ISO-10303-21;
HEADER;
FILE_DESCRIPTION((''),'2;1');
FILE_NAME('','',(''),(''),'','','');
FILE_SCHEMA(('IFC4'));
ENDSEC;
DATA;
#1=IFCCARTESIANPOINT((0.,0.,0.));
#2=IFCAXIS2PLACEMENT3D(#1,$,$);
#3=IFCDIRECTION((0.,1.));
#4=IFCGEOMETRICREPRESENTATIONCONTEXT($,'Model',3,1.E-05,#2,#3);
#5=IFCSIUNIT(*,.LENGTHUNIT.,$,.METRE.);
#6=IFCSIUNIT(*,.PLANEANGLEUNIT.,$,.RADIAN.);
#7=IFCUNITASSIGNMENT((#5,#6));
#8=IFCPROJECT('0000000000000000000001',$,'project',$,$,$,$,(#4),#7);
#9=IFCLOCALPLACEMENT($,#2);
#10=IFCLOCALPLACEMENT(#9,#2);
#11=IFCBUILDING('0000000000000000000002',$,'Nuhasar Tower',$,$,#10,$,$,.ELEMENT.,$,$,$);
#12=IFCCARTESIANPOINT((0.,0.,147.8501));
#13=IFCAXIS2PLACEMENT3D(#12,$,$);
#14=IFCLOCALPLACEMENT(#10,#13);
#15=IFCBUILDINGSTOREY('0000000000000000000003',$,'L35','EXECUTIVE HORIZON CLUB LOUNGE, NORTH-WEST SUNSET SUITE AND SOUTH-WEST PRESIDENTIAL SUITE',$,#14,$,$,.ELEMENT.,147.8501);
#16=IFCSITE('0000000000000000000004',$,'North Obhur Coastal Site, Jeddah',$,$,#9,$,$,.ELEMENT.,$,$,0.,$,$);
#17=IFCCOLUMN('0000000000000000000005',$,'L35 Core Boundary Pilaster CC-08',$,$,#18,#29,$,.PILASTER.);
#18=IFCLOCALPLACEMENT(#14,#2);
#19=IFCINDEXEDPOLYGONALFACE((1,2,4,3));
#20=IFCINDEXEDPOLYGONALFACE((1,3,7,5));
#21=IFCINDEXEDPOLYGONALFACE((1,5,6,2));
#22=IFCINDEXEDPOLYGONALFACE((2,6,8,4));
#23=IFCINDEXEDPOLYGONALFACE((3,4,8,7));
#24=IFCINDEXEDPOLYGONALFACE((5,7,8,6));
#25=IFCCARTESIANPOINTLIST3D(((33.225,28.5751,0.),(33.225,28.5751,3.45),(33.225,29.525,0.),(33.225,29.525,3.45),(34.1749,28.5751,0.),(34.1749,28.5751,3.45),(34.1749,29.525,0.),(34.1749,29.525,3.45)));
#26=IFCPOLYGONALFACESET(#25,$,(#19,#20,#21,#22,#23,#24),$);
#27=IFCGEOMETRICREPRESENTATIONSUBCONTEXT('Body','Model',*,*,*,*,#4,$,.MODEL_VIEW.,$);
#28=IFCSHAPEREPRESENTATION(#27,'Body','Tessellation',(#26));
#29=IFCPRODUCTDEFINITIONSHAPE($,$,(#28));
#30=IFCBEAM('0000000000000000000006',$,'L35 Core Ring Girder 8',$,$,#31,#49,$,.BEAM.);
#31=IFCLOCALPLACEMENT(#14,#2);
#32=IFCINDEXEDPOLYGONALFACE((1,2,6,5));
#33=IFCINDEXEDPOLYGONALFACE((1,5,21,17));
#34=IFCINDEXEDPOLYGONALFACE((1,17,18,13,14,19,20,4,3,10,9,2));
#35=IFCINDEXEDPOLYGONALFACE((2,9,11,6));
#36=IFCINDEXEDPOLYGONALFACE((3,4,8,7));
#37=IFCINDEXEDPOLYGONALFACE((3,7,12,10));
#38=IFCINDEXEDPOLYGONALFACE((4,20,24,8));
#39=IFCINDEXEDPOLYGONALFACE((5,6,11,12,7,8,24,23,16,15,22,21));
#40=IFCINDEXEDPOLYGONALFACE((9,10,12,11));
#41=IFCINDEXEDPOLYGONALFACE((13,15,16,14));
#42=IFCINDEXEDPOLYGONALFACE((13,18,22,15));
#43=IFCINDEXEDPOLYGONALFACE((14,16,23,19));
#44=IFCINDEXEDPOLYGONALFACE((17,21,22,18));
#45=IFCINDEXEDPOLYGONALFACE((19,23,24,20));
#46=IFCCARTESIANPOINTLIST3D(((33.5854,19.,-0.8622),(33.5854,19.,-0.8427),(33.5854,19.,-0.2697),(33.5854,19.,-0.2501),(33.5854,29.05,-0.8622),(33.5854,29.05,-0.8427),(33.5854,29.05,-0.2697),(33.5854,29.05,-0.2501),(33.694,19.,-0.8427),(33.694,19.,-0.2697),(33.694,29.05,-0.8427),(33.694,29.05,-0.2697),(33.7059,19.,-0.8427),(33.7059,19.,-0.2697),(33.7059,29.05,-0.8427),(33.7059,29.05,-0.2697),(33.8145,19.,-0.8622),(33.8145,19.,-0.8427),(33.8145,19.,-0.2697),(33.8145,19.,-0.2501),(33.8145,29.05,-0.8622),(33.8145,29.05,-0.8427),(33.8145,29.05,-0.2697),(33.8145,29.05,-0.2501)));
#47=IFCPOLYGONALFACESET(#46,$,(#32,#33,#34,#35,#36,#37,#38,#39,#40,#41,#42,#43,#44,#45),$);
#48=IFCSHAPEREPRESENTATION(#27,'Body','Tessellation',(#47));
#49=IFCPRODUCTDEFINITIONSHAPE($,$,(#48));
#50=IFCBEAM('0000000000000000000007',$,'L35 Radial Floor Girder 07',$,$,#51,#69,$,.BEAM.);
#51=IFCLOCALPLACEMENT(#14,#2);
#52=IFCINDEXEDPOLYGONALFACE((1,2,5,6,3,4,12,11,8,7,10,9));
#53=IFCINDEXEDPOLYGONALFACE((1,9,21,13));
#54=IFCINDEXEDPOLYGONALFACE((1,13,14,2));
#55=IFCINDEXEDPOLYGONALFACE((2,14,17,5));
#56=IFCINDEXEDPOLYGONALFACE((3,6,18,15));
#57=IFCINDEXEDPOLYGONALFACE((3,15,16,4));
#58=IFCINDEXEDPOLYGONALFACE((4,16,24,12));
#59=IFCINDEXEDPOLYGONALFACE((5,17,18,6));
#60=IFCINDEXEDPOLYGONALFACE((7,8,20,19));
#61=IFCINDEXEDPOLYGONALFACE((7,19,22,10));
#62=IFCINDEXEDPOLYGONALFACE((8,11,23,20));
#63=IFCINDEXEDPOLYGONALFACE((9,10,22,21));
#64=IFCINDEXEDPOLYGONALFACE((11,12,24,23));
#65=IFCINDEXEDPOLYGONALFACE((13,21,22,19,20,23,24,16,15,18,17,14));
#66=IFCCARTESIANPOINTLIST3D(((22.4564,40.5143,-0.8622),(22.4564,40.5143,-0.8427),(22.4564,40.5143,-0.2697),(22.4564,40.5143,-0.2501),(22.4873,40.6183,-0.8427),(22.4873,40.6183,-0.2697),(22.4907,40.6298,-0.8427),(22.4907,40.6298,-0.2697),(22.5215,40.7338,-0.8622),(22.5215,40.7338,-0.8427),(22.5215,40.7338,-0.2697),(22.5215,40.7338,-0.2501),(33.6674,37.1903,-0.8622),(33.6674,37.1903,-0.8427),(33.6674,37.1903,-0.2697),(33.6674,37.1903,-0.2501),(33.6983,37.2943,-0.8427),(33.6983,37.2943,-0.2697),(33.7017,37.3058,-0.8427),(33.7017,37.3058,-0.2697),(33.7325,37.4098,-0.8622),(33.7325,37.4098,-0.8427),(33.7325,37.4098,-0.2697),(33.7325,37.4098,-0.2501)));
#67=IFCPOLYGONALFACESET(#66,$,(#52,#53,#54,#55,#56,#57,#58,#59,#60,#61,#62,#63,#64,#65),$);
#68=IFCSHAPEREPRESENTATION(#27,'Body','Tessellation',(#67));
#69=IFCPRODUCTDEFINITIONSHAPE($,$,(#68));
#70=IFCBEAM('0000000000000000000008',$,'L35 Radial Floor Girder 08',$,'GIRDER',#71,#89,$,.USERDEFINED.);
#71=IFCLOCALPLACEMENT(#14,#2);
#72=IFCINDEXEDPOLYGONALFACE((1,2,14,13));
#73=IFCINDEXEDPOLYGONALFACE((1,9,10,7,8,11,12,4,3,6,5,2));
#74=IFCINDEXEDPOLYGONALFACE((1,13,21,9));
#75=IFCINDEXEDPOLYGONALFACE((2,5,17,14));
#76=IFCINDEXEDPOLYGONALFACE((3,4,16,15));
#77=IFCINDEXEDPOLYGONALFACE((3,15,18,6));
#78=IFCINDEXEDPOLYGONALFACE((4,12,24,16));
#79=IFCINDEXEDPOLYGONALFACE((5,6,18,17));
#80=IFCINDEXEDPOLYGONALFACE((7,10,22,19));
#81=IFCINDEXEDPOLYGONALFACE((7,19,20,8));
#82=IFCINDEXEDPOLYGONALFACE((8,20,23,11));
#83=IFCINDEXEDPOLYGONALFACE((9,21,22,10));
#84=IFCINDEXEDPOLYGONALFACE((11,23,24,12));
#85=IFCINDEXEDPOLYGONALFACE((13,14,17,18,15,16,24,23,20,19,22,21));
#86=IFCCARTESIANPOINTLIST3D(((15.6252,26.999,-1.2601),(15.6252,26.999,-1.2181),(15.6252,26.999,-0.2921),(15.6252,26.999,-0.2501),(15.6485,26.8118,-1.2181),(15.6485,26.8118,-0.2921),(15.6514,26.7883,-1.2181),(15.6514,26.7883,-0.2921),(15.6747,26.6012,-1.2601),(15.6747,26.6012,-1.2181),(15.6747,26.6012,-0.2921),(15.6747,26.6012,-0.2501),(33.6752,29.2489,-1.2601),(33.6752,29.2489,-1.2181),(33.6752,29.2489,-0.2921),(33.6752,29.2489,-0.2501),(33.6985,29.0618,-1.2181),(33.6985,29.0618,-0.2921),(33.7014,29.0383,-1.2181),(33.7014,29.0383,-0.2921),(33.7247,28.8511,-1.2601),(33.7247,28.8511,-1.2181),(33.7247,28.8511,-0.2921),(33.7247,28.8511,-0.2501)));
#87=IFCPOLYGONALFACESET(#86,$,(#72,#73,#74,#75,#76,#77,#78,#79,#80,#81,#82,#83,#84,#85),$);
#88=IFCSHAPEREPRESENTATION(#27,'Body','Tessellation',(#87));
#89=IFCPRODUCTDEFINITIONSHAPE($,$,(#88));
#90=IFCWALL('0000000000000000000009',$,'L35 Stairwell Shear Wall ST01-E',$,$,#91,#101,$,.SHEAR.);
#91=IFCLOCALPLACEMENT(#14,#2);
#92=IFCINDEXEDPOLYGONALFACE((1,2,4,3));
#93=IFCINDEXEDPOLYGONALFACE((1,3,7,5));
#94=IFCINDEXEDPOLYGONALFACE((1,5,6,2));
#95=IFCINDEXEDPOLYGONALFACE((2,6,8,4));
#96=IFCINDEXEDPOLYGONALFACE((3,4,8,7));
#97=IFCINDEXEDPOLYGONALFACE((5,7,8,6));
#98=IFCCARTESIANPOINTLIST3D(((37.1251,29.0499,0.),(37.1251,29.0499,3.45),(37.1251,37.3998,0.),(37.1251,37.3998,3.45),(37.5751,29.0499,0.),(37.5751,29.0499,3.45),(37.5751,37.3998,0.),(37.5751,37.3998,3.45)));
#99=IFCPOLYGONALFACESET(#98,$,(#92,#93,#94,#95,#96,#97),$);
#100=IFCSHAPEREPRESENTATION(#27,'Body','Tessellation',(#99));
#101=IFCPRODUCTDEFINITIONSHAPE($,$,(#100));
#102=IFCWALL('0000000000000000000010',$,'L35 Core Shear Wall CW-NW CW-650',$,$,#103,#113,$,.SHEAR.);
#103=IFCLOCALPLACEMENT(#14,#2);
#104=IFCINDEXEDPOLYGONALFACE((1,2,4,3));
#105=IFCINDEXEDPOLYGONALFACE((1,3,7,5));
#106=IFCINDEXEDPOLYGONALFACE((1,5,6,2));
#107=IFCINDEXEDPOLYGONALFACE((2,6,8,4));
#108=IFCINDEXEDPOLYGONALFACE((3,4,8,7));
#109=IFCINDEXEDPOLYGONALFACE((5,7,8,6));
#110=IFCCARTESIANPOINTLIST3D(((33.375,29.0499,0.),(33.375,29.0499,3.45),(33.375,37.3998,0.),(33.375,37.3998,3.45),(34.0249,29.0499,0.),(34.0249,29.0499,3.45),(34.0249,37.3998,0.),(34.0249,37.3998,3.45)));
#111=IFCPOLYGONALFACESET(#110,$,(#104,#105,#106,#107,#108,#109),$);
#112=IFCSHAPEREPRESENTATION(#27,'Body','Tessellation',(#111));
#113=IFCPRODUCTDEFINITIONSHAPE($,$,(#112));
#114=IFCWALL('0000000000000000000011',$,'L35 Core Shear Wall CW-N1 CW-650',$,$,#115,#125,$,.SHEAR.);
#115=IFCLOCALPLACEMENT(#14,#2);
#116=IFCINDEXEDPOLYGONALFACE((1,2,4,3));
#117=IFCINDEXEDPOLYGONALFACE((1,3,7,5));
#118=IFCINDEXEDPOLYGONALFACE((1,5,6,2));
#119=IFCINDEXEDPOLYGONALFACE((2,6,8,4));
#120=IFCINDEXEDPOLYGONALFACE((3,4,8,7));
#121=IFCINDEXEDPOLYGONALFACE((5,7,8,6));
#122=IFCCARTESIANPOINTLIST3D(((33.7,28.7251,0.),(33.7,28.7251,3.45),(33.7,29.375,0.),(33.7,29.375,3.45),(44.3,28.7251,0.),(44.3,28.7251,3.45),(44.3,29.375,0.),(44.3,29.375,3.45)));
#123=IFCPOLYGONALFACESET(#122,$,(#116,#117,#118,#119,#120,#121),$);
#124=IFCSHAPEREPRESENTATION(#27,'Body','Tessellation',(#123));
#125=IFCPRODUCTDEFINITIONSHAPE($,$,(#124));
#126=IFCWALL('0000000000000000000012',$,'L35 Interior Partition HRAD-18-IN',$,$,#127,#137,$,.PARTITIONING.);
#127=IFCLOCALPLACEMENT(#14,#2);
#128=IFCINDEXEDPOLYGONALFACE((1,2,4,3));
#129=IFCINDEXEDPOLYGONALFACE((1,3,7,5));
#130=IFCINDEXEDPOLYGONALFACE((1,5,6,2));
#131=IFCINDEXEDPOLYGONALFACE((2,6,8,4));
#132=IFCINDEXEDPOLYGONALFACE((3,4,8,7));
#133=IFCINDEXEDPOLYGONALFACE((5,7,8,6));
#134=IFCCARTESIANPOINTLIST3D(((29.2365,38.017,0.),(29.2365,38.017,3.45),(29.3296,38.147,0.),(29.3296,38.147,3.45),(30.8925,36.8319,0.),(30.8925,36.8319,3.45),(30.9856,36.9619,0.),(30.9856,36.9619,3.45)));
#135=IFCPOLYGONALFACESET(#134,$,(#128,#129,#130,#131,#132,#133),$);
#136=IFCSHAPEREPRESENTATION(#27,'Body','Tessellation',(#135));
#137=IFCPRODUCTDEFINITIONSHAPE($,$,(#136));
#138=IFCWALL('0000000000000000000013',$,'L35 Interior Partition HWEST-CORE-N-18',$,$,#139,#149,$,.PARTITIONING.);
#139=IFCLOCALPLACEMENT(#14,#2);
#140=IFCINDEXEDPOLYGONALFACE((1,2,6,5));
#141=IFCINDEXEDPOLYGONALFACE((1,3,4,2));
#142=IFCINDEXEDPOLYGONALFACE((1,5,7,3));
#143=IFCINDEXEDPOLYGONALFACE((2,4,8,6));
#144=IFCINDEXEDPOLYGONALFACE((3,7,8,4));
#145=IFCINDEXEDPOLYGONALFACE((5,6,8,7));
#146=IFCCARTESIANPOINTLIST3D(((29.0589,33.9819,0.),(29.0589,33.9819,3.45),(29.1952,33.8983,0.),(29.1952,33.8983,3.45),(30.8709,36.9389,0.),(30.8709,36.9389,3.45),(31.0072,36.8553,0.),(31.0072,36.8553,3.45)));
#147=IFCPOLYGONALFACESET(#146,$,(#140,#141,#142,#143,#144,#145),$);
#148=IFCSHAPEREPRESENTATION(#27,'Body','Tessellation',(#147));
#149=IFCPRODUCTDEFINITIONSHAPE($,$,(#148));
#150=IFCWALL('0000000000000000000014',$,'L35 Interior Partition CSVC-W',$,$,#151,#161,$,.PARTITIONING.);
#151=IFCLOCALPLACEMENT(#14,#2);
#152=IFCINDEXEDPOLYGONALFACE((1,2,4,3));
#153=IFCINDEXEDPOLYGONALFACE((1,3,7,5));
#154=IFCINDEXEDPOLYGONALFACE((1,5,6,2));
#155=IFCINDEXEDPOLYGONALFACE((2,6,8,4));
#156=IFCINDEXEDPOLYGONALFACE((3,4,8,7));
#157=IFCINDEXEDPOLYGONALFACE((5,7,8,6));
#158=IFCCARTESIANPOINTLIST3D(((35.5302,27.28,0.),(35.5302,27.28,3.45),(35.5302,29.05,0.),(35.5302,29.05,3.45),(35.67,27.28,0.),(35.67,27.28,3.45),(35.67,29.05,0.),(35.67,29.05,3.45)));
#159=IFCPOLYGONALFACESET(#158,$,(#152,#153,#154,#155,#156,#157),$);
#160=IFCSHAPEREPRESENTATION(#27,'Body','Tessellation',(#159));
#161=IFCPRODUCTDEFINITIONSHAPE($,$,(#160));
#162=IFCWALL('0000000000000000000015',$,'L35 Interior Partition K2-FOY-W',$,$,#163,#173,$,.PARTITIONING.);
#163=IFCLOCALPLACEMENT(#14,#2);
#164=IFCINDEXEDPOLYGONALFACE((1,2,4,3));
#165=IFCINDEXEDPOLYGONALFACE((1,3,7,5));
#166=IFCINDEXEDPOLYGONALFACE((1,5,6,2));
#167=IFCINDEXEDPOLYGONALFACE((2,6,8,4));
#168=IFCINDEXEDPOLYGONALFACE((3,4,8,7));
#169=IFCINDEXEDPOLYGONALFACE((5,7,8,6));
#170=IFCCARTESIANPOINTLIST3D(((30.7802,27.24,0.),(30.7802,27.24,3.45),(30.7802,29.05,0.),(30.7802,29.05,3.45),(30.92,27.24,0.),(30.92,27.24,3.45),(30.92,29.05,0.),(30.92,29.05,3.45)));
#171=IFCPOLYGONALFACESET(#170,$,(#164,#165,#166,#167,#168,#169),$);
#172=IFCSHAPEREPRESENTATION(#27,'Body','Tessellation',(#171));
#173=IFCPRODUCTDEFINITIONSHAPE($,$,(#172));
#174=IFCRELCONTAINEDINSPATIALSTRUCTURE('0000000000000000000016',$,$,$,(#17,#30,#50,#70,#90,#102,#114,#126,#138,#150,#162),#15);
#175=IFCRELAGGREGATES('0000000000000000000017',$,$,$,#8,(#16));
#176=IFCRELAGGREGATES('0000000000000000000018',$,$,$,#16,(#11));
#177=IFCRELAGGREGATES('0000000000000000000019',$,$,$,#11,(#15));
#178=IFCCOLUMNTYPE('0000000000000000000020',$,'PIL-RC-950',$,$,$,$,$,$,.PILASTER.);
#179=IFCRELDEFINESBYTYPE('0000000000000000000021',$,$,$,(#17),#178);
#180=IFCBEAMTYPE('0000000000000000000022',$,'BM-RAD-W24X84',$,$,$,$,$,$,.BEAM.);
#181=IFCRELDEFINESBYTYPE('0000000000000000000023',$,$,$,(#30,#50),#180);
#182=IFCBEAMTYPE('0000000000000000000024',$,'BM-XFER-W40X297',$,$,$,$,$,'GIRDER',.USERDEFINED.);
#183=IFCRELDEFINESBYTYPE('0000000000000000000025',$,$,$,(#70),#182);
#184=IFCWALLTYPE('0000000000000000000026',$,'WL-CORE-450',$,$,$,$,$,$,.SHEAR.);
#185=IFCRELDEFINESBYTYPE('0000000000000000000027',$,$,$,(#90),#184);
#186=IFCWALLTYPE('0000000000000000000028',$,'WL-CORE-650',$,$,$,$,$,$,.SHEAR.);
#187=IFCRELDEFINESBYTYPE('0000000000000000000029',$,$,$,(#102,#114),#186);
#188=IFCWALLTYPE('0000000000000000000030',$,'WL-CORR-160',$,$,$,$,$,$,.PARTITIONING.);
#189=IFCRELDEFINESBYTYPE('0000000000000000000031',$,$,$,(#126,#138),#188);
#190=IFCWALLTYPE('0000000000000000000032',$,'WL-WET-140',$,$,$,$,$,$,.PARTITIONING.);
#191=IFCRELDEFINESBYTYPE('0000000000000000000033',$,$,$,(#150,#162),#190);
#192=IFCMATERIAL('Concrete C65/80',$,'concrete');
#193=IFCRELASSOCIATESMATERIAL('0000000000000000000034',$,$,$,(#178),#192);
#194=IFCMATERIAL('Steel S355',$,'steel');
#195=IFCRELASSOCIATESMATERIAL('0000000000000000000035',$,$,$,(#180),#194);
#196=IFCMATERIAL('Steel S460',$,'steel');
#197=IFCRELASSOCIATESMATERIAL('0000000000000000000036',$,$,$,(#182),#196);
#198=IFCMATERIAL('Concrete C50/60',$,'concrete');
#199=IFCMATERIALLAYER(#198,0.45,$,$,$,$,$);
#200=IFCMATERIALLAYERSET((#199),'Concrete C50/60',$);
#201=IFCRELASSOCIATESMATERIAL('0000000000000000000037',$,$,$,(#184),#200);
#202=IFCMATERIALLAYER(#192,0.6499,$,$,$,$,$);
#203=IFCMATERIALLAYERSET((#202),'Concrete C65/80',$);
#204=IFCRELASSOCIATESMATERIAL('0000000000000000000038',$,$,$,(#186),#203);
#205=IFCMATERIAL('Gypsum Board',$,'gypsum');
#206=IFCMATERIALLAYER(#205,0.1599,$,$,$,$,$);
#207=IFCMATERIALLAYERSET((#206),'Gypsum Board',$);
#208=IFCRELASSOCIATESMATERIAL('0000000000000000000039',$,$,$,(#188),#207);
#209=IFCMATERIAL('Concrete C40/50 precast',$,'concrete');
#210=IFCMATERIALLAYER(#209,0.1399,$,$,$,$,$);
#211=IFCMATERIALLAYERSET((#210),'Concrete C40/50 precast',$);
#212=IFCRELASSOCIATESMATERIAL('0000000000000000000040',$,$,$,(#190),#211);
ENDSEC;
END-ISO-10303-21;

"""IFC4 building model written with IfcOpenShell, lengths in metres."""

from ifc_helpers import new_model, si_unit, direction, frame, frame_2d, origin, origin_2d, place, context, subcontext, project, spatial, rectangle, i_section, extrude, material, layer, layer_set, material_profile, profile_set, type_object, element, save


model = new_model("IFC4")

# Units and contexts
model_context = context("Model", 3, precision=1e-05, world=origin(), true_north=direction((0.0, 1.0)))
body_context = subcontext(model_context, "Body", "Model", "MODEL_VIEW")
ifc_project = project(units=[si_unit("LENGTHUNIT", "METRE"), si_unit("PLANEANGLEUNIT", "RADIAN")], contexts=[model_context])

# Site, building, storey
site_placement = place(None, origin())
site = spatial("IfcSite", under=ifc_project, at=site_placement, Name="North Obhur Coastal Site, Jeddah", CompositionType="ELEMENT", RefElevation=0.0)
building_placement = place(site_placement, origin())
building = spatial("IfcBuilding", under=site, at=building_placement, Name="Nuhasar Tower", CompositionType="ELEMENT")
storey_placement = place(building_placement, frame((0.0, 0.0, 147.8501)))
storey = spatial("IfcBuildingStorey", under=building, at=storey_placement, Name="L35", Description="EXECUTIVE HORIZON CLUB LOUNGE, NORTH-WEST SUNSET SUITE AND SOUTH-WEST PRESIDENTIAL SUITE", CompositionType="ELEMENT", Elevation=147.8501)

# Column
ifc_material_1 = material(Name="Concrete C65/80", Category="concrete")
ifc_material_profile_1 = material_profile(ifc_material_1, rectangle(XDim=0.95, YDim=0.95, at=origin_2d()), Name="RC950X950")
ifc_profile_set_1 = profile_set([ifc_material_profile_1], Name="Concrete C65/80")
column_type = type_object("IfcColumnType", Name="PIL-RC-950", PredefinedType="PILASTER", material=ifc_profile_set_1)
column_placement = place(storey_placement, frame((33.7, 29.05, 0.0), z_axis=(0.0, 0.0, 1.0), x_axis=(1.0, 0.0, 0.0)))
element("IfcColumn", 1, at=column_placement, inside=storey, type_object=column_type, Name="L35 Core Boundary Pilaster CC-08", PredefinedType="PILASTER", context=body_context, shape_type="SweptSolid", body=[
    extrude(rectangle(XDim=0.95, YDim=0.95, at=origin_2d()), origin(), (0.0, 0.0, 1.0), 3.45),
])

# Beams
ifc_material_2 = material(Name="Steel S355", Category="steel")
ifc_material_profile_2 = material_profile(ifc_material_2, i_section(OverallWidth=0.229, OverallDepth=0.6121, WebThickness=0.012, FlangeThickness=0.0195, at=origin_2d()), Name="W24X84")
ifc_profile_set_2 = profile_set([ifc_material_profile_2], Name="Steel S355")
beam_type_1 = type_object("IfcBeamType", Name="BM-RAD-W24X84", PredefinedType="BEAM", material=ifc_profile_set_2)
beam_1_placement = place(storey_placement, frame((33.7, 29.05, -0.5562), z_axis=(0.0, -1.0, 0.0), x_axis=(1.0, 0.0, 0.0)))
element("IfcBeam", 2, at=beam_1_placement, inside=storey, type_object=beam_type_1, Name="L35 Core Ring Girder 8", PredefinedType="BEAM", context=body_context, shape_type="SweptSolid", body=[
    extrude(i_section(OverallWidth=0.229, OverallDepth=0.6121, WebThickness=0.012, FlangeThickness=0.0195, at=origin_2d()), origin(), (0.0, 0.0, 1.0), 10.05),
])
beam_2_placement = place(storey_placement, frame((33.7, 37.3, -0.5562), z_axis=(-0.958746, 0.284262, 0.0), x_axis=(-0.284262, -0.958746, 0.0)))
element("IfcBeam", 3, at=beam_2_placement, inside=storey, type_object=beam_type_1, Name="L35 Radial Floor Girder 07", PredefinedType="BEAM", context=body_context, shape_type="SweptSolid", body=[
    extrude(i_section(OverallWidth=0.229, OverallDepth=0.6121, WebThickness=0.012, FlangeThickness=0.0195, at=origin_2d()), origin(), (0.0, 0.0, 1.0), 11.6934),
])
ifc_material_3 = material(Name="Steel S460", Category="steel")
ifc_material_profile_3 = material_profile(ifc_material_3, i_section(OverallWidth=0.4009, OverallDepth=1.01, WebThickness=0.0237, FlangeThickness=0.042, at=origin_2d()), Name="W40X297")
ifc_profile_set_3 = profile_set([ifc_material_profile_3], Name="Steel S460")
beam_type_2 = type_object("IfcBeamType", Name="BM-XFER-W40X297", ElementType="GIRDER", PredefinedType="USERDEFINED", material=ifc_profile_set_3)
beam_3_placement = place(storey_placement, frame((33.7, 29.05, -0.7551), z_axis=(-0.99232, -0.123696, 0.0), x_axis=(0.123696, -0.99232, 0.0)))
element("IfcBeam", 4, at=beam_3_placement, inside=storey, type_object=beam_type_2, Name="L35 Radial Floor Girder 08", ObjectType="GIRDER", PredefinedType="USERDEFINED", context=body_context, shape_type="SweptSolid", body=[
    extrude(i_section(OverallWidth=0.4009, OverallDepth=1.01, WebThickness=0.0237, FlangeThickness=0.042, at=origin_2d()), origin(), (0.0, 0.0, 1.0), 18.1897),
])

# Walls
ifc_material_4 = material(Name="Concrete C50/60", Category="concrete")
ifc_layer_1 = layer(ifc_material_4, 0.45)
ifc_layer_set_1 = layer_set([ifc_layer_1], Name="Concrete C50/60")
wall_type_1 = type_object("IfcWallType", Name="WL-CORE-450", PredefinedType="SHEAR", material=ifc_layer_set_1)
wall_1_placement = place(storey_placement, frame((37.3501, 29.05, 0.0), z_axis=(0.0, 0.0, 1.0), x_axis=(0.0, 1.0, 0.0)))
element("IfcWall", 5, at=wall_1_placement, inside=storey, type_object=wall_type_1, Name="L35 Stairwell Shear Wall ST01-E", PredefinedType="SHEAR", context=body_context, shape_type="SweptSolid", body=[
    extrude(rectangle(XDim=8.3499, YDim=0.45, at=frame_2d((4.1748, 0.0))), origin(), (0.0, 0.0, 1.0), 3.45),
])
ifc_layer_2 = layer(ifc_material_1, 0.6499)
ifc_layer_set_2 = layer_set([ifc_layer_2], Name="Concrete C65/80")
wall_type_2 = type_object("IfcWallType", Name="WL-CORE-650", PredefinedType="SHEAR", material=ifc_layer_set_2)
wall_2_placement = place(storey_placement, frame((33.7, 29.05, 0.0), z_axis=(0.0, 0.0, 1.0), x_axis=(0.0, 1.0, 0.0)))
element("IfcWall", 6, at=wall_2_placement, inside=storey, type_object=wall_type_2, Name="L35 Core Shear Wall CW-NW CW-650", PredefinedType="SHEAR", context=body_context, shape_type="SweptSolid", body=[
    extrude(rectangle(XDim=8.3499, YDim=0.6499, at=frame_2d((4.1748, 0.0))), origin(), (0.0, 0.0, 1.0), 3.45),
])
wall_3_placement = place(storey_placement, frame((33.7, 29.05, 0.0), z_axis=(0.0, 0.0, 1.0), x_axis=(1.0, 0.0, 0.0)))
element("IfcWall", 7, at=wall_3_placement, inside=storey, type_object=wall_type_2, Name="L35 Core Shear Wall CW-N1 CW-650", PredefinedType="SHEAR", context=body_context, shape_type="SweptSolid", body=[
    extrude(rectangle(XDim=10.6001, YDim=0.6499, at=frame_2d((5.3, 0.0))), origin(), (0.0, 0.0, 1.0), 3.45),
])
ifc_material_5 = material(Name="Gypsum Board", Category="gypsum")
ifc_layer_3 = layer(ifc_material_5, 0.1599)
ifc_layer_set_3 = layer_set([ifc_layer_3], Name="Gypsum Board")
wall_type_3 = type_object("IfcWallType", Name="WL-CORR-160", PredefinedType="PARTITIONING", material=ifc_layer_set_3)
wall_4_placement = place(storey_placement, frame((30.939, 36.897, 0.0), z_axis=(0.0, 0.0, 1.0), x_axis=(-0.813223, 0.581952, 0.0)))
element("IfcWall", 8, at=wall_4_placement, inside=storey, type_object=wall_type_3, Name="L35 Interior Partition HRAD-18-IN", PredefinedType="PARTITIONING", context=body_context, shape_type="SweptSolid", body=[
    extrude(rectangle(XDim=2.0364, YDim=0.1599, at=frame_2d((1.0181, 0.0))), origin(), (0.0, 0.0, 1.0), 3.45),
])
wall_5_placement = place(storey_placement, frame((30.939, 36.897, 0.0), z_axis=(0.0, 0.0, 1.0), x_axis=(-0.522486, -0.852648, 0.0)))
element("IfcWall", 9, at=wall_5_placement, inside=storey, type_object=wall_type_3, Name="L35 Interior Partition HWEST-CORE-N-18", PredefinedType="PARTITIONING", context=body_context, shape_type="SweptSolid", body=[
    extrude(rectangle(XDim=3.468, YDim=0.1599, at=frame_2d((1.7339, 0.0))), origin(), (0.0, 0.0, 1.0), 3.45),
])
ifc_material_6 = material(Name="Concrete C40/50 precast", Category="concrete")
ifc_layer_4 = layer(ifc_material_6, 0.1399)
ifc_layer_set_4 = layer_set([ifc_layer_4], Name="Concrete C40/50 precast")
wall_type_4 = type_object("IfcWallType", Name="WL-WET-140", PredefinedType="PARTITIONING", material=ifc_layer_set_4)
wall_6_placement = place(storey_placement, frame((35.6001, 27.28, 0.0), z_axis=(0.0, 0.0, 1.0), x_axis=(0.0, 1.0, 0.0)))
element("IfcWall", 10, at=wall_6_placement, inside=storey, type_object=wall_type_4, Name="L35 Interior Partition CSVC-W", PredefinedType="PARTITIONING", context=body_context, shape_type="SweptSolid", body=[
    extrude(rectangle(XDim=1.77, YDim=0.1399, at=frame_2d((0.885, 0.0))), origin(), (0.0, 0.0, 1.0), 3.45),
])
wall_7_placement = place(storey_placement, frame((30.8501, 27.24, 0.0), z_axis=(0.0, 0.0, 1.0), x_axis=(0.0, 1.0, 0.0)))
element("IfcWall", 11, at=wall_7_placement, inside=storey, type_object=wall_type_4, Name="L35 Interior Partition K2-FOY-W", PredefinedType="PARTITIONING", context=body_context, shape_type="SweptSolid", body=[
    extrude(rectangle(XDim=1.8101, YDim=0.1399, at=frame_2d((0.905, 0.0))), origin(), (0.0, 0.0, 1.0), 3.45),
])

save(model, "model.ifc")
